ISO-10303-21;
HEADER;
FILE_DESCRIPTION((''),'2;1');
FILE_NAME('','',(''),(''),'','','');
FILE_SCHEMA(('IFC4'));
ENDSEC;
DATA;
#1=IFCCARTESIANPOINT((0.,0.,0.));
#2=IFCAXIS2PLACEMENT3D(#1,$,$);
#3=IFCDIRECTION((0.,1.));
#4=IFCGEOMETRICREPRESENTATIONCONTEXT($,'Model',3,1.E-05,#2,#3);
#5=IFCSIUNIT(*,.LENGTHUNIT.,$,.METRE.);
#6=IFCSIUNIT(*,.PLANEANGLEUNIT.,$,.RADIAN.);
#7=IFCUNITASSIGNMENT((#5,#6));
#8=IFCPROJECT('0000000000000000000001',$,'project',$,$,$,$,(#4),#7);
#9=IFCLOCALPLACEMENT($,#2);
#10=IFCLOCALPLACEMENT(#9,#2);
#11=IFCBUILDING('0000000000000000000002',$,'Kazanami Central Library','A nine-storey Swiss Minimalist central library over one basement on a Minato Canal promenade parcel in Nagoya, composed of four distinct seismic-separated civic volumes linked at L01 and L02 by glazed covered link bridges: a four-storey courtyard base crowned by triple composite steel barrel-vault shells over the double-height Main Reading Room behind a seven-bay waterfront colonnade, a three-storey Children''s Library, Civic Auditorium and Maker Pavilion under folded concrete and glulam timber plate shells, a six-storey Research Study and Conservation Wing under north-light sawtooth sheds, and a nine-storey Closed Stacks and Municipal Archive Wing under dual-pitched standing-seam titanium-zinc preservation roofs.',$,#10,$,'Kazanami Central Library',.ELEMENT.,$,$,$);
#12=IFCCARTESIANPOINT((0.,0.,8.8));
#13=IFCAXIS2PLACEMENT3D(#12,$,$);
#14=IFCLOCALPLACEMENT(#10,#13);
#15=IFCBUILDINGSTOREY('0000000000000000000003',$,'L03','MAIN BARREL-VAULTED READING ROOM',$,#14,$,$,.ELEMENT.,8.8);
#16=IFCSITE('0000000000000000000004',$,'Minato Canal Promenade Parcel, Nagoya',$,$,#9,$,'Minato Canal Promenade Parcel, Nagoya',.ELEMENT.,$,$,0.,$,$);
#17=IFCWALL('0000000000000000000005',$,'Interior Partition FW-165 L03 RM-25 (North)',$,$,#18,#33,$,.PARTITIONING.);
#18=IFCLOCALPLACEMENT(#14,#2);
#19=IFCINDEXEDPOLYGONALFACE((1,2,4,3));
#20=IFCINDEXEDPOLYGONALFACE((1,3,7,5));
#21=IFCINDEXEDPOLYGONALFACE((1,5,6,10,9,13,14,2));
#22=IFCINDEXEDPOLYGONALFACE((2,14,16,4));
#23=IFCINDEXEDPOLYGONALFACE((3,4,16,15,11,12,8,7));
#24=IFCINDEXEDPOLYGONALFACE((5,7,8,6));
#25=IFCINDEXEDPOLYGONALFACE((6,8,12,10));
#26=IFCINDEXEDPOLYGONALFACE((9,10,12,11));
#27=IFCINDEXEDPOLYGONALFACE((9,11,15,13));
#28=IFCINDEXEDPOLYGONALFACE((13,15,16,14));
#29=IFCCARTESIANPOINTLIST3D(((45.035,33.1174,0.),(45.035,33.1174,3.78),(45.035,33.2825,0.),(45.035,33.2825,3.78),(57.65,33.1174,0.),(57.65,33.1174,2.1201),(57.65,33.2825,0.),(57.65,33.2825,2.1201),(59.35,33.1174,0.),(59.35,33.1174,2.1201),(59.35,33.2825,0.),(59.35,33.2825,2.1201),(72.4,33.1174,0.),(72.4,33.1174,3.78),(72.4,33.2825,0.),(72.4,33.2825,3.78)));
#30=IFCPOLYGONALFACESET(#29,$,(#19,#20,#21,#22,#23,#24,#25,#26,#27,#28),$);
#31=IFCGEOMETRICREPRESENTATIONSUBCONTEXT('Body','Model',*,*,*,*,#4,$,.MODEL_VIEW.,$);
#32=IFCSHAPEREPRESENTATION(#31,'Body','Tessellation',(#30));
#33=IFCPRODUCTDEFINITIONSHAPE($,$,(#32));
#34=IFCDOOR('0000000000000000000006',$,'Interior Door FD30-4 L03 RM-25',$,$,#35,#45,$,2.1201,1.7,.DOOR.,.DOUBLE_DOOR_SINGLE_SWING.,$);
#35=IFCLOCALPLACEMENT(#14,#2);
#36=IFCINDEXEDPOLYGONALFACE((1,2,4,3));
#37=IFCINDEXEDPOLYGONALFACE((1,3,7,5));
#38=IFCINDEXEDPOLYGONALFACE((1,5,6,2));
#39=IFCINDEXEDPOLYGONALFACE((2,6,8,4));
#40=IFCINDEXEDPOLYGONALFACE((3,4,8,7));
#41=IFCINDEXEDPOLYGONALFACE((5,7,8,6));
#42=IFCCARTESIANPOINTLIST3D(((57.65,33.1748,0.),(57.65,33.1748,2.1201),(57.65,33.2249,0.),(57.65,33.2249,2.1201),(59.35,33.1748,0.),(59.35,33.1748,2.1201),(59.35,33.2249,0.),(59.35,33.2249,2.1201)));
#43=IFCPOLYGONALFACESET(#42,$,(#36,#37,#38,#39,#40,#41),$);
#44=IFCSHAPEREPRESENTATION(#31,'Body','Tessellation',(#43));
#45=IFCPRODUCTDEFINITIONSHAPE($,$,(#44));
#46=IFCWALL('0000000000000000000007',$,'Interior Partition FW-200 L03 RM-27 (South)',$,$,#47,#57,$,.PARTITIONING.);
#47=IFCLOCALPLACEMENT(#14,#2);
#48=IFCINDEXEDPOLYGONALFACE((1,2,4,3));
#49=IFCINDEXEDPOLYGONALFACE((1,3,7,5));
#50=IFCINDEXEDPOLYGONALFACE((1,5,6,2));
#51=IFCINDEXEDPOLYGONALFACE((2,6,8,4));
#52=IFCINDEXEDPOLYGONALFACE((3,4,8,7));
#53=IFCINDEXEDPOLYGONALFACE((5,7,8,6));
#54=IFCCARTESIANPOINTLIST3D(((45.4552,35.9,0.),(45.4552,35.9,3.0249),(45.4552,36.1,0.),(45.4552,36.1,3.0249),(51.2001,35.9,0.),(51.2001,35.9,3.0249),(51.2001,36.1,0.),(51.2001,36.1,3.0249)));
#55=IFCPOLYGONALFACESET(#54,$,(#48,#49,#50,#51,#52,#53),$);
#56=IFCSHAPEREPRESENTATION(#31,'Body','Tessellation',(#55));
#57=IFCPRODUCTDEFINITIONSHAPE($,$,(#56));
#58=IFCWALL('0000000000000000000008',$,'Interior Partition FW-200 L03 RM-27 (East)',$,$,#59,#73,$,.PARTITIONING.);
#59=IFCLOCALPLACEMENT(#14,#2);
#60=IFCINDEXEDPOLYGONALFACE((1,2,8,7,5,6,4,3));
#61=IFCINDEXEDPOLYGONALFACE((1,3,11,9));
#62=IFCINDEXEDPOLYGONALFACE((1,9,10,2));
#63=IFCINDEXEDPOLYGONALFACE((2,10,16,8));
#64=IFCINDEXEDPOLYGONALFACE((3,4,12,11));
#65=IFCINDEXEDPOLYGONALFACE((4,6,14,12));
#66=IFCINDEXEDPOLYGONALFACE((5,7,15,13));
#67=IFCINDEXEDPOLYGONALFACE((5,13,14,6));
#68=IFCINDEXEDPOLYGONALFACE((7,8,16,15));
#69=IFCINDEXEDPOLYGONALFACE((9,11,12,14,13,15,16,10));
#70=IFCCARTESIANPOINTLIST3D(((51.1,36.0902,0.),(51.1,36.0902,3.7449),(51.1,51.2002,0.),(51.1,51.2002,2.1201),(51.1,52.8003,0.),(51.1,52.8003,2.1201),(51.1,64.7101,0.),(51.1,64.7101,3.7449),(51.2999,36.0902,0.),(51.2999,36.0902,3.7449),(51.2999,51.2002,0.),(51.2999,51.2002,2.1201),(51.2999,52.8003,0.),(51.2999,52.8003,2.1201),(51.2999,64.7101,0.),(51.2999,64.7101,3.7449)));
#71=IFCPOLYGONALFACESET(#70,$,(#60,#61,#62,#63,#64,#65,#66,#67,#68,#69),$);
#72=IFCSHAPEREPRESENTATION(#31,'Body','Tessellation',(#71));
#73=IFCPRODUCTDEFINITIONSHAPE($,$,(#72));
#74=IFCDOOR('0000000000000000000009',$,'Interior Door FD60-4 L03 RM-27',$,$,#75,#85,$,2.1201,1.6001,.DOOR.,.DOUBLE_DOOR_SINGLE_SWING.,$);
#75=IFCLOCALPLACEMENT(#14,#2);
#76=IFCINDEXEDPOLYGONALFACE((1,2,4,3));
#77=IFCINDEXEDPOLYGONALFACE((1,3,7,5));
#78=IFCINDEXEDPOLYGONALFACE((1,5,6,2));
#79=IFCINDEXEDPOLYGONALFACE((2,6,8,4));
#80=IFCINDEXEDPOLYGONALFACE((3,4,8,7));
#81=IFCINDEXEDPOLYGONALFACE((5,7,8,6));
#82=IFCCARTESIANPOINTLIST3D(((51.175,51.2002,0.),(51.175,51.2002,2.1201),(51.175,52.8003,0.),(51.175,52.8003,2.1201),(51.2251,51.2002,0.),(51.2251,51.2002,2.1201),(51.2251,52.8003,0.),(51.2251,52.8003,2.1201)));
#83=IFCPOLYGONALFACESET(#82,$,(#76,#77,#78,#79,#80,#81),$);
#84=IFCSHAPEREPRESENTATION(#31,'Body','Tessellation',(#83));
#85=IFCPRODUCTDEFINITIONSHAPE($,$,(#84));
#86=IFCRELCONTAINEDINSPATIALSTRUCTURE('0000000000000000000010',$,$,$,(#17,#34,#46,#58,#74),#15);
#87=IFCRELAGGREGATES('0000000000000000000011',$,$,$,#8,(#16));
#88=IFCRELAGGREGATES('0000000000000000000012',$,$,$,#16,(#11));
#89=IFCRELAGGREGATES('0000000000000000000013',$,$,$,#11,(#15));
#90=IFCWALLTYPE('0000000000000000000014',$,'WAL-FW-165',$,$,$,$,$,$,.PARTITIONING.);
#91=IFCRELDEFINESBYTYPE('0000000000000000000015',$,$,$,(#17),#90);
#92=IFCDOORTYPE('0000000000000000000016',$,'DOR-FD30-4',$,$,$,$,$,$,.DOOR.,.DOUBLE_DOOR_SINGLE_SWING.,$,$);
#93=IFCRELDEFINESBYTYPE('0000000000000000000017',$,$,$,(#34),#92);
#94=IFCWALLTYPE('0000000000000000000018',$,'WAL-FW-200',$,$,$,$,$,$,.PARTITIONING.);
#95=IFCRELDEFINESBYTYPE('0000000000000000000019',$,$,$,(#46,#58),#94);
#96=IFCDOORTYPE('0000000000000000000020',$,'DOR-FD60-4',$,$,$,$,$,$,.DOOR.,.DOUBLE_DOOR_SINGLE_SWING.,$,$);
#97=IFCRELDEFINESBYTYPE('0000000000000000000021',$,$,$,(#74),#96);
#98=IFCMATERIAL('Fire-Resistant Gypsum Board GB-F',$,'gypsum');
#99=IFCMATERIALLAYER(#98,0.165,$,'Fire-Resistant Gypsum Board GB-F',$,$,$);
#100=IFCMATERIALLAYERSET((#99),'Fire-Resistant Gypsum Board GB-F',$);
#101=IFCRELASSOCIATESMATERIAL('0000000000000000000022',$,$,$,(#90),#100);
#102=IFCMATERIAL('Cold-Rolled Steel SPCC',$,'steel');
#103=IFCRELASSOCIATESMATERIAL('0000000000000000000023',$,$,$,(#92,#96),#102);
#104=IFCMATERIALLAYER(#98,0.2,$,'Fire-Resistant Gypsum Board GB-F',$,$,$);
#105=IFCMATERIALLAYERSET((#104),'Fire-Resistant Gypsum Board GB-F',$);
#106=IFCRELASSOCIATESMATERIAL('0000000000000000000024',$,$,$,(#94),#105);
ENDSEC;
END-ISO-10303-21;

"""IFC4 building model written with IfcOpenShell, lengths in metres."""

from ifc_helpers import new_model, si_unit, direction, frame, frame_2d, origin, place, context, subcontext, project, spatial, rectangle, extrude, material, layer, layer_set, type_object, element, fill, save


model = new_model("IFC4")

# Units and contexts
model_context = context("Model", 3, precision=1e-05, world=origin(), true_north=direction((0.0, 1.0)))
body_context = subcontext(model_context, "Body", "Model", "MODEL_VIEW")
ifc_project = project(units=[si_unit("LENGTHUNIT", "METRE"), si_unit("PLANEANGLEUNIT", "RADIAN")], contexts=[model_context])

# Site, building, storey
site_placement = place(None, origin())
site = spatial("IfcSite", under=ifc_project, at=site_placement, Name="Minato Canal Promenade Parcel, Nagoya", LongName="Minato Canal Promenade Parcel, Nagoya", CompositionType="ELEMENT", RefElevation=0.0)
building_placement = place(site_placement, origin())
building = spatial("IfcBuilding", under=site, at=building_placement, Name="Kazanami Central Library", Description="A nine-storey Swiss Minimalist central library over one basement on a Minato Canal promenade parcel in Nagoya, composed of four distinct seismic-separated civic volumes linked at L01 and L02 by glazed covered link bridges: a four-storey courtyard base crowned by triple composite steel barrel-vault shells over the double-height Main Reading Room behind a seven-bay waterfront colonnade, a three-storey Children's Library, Civic Auditorium and Maker Pavilion under folded concrete and glulam timber plate shells, a six-storey Research Study and Conservation Wing under north-light sawtooth sheds, and a nine-storey Closed Stacks and Municipal Archive Wing under dual-pitched standing-seam titanium-zinc preservation roofs.", LongName="Kazanami Central Library", CompositionType="ELEMENT")
storey_placement = place(building_placement, frame((0.0, 0.0, 8.8)))
storey = spatial("IfcBuildingStorey", under=building, at=storey_placement, Name="L03", Description="MAIN BARREL-VAULTED READING ROOM", CompositionType="ELEMENT", Elevation=8.8)

# Wall, opening, door
ifc_material_1 = material(Name="Fire-Resistant Gypsum Board GB-F", Category="gypsum")
ifc_layer_1 = layer(ifc_material_1, 0.165, Name="Fire-Resistant Gypsum Board GB-F")
ifc_layer_set_1 = layer_set([ifc_layer_1], Name="Fire-Resistant Gypsum Board GB-F")
wall_type_1 = type_object("IfcWallType", Name="WAL-FW-165", PredefinedType="PARTITIONING", material=ifc_layer_set_1)
wall_1_placement = place(storey_placement, frame((45.0349, 33.2, 0.0), z_axis=(0.0, 0.0, 1.0), x_axis=(1.0, 0.0, 0.0)))
wall_1 = element("IfcWall", 1, at=wall_1_placement, inside=storey, type_object=wall_type_1, Name="Interior Partition FW-165 L03 RM-25 (North)", PredefinedType="PARTITIONING", context=body_context, shape_type="SweptSolid", body=[
    extrude(rectangle(XDim=27.365, YDim=0.165, at=frame_2d((13.6826, 0.0))), origin(), (0.0, 0.0, 1.0), 3.78),
])
opening_1_placement = place(wall_1_placement, frame((12.615, 0.0, 0.0)))
opening_1 = element("IfcOpeningElement", 2, at=opening_1_placement, cuts=wall_1, PredefinedType="OPENING", context=body_context, shape_type="SweptSolid", body=[
    extrude(rectangle(XDim=1.7, YDim=2.1201, at=frame_2d((0.8501, 1.0601))), frame((0.0, 0.0945, 0.0), z_axis=(0.0, -1.0, 0.0), x_axis=(1.0, 0.0, 0.0)), (0.0, 0.0, 1.0), 0.189),
])
ifc_material_2 = material(Name="Cold-Rolled Steel SPCC", Category="steel")
door_type_1 = type_object("IfcDoorType", Name="DOR-FD30-4", OperationType="DOUBLE_DOOR_SINGLE_SWING", PredefinedType="DOOR", material=ifc_material_2)
door_1_placement = place(opening_1_placement, origin())
door_1 = element("IfcDoor", 3, at=door_1_placement, inside=storey, type_object=door_type_1, Name="Interior Door FD30-4 L03 RM-25", OperationType="DOUBLE_DOOR_SINGLE_SWING", OverallHeight=2.1201, OverallWidth=1.7, PredefinedType="DOOR", context=body_context, shape_type="SweptSolid", body=[
    extrude(rectangle(XDim=1.7, YDim=2.1201, at=frame_2d((0.8501, 1.0601))), frame((0.0, 0.0249, 0.0), z_axis=(0.0, -1.0, 0.0), x_axis=(1.0, 0.0, 0.0)), (0.0, 0.0, 1.0), 0.05),
])
fill(opening_1, door_1)

# Wall
ifc_layer_2 = layer(ifc_material_1, 0.2, Name="Fire-Resistant Gypsum Board GB-F")
ifc_layer_set_2 = layer_set([ifc_layer_2], Name="Fire-Resistant Gypsum Board GB-F")
wall_type_2 = type_object("IfcWallType", Name="WAL-FW-200", PredefinedType="PARTITIONING", material=ifc_layer_set_2)
wall_2_placement = place(storey_placement, frame((45.4551, 36.0, 0.0), z_axis=(0.0, 0.0, 1.0), x_axis=(1.0, 0.0, 0.0)))
element("IfcWall", 4, at=wall_2_placement, inside=storey, type_object=wall_type_2, Name="Interior Partition FW-200 L03 RM-27 (South)", PredefinedType="PARTITIONING", context=body_context, shape_type="SweptSolid", body=[
    extrude(rectangle(XDim=5.7449, YDim=0.2, at=frame_2d((2.8726, 0.0))), origin(), (0.0, 0.0, 1.0), 3.0249),
])

# Wall, opening, door
wall_3_placement = place(storey_placement, frame((51.2, 36.0901, 0.0), z_axis=(0.0, 0.0, 1.0), x_axis=(0.0, 1.0, 0.0)))
wall_3 = element("IfcWall", 5, at=wall_3_placement, inside=storey, type_object=wall_type_2, Name="Interior Partition FW-200 L03 RM-27 (East)", PredefinedType="PARTITIONING", context=body_context, shape_type="SweptSolid", body=[
    extrude(rectangle(XDim=28.6199, YDim=0.2, at=frame_2d((14.3101, 0.0))), origin(), (0.0, 0.0, 1.0), 3.7449),
])
opening_2_placement = place(wall_3_placement, frame((15.1101, 0.0, 0.0)))
opening_2 = element("IfcOpeningElement", 6, at=opening_2_placement, cuts=wall_3, PredefinedType="OPENING", context=body_context, shape_type="SweptSolid", body=[
    extrude(rectangle(XDim=1.6001, YDim=2.1201, at=frame_2d((0.8, 1.0601))), frame((0.0, 0.1118, 0.0), z_axis=(0.0, -1.0, 0.0), x_axis=(1.0, 0.0, 0.0)), (0.0, 0.0, 1.0), 0.2239),
])
door_type_2 = type_object("IfcDoorType", Name="DOR-FD60-4", OperationType="DOUBLE_DOOR_SINGLE_SWING", PredefinedType="DOOR", material=ifc_material_2)
door_2_placement = place(opening_2_placement, origin())
door_2 = element("IfcDoor", 7, at=door_2_placement, inside=storey, type_object=door_type_2, Name="Interior Door FD60-4 L03 RM-27", OperationType="DOUBLE_DOOR_SINGLE_SWING", OverallHeight=2.1201, OverallWidth=1.6001, PredefinedType="DOOR", context=body_context, shape_type="SweptSolid", body=[
    extrude(rectangle(XDim=1.6001, YDim=2.1201, at=frame_2d((0.8, 1.0601))), frame((0.0, 0.0249, 0.0), z_axis=(0.0, -1.0, 0.0), x_axis=(1.0, 0.0, 0.0)), (0.0, 0.0, 1.0), 0.05),
])
fill(opening_2, door_2)

save(model, "model.ifc")
